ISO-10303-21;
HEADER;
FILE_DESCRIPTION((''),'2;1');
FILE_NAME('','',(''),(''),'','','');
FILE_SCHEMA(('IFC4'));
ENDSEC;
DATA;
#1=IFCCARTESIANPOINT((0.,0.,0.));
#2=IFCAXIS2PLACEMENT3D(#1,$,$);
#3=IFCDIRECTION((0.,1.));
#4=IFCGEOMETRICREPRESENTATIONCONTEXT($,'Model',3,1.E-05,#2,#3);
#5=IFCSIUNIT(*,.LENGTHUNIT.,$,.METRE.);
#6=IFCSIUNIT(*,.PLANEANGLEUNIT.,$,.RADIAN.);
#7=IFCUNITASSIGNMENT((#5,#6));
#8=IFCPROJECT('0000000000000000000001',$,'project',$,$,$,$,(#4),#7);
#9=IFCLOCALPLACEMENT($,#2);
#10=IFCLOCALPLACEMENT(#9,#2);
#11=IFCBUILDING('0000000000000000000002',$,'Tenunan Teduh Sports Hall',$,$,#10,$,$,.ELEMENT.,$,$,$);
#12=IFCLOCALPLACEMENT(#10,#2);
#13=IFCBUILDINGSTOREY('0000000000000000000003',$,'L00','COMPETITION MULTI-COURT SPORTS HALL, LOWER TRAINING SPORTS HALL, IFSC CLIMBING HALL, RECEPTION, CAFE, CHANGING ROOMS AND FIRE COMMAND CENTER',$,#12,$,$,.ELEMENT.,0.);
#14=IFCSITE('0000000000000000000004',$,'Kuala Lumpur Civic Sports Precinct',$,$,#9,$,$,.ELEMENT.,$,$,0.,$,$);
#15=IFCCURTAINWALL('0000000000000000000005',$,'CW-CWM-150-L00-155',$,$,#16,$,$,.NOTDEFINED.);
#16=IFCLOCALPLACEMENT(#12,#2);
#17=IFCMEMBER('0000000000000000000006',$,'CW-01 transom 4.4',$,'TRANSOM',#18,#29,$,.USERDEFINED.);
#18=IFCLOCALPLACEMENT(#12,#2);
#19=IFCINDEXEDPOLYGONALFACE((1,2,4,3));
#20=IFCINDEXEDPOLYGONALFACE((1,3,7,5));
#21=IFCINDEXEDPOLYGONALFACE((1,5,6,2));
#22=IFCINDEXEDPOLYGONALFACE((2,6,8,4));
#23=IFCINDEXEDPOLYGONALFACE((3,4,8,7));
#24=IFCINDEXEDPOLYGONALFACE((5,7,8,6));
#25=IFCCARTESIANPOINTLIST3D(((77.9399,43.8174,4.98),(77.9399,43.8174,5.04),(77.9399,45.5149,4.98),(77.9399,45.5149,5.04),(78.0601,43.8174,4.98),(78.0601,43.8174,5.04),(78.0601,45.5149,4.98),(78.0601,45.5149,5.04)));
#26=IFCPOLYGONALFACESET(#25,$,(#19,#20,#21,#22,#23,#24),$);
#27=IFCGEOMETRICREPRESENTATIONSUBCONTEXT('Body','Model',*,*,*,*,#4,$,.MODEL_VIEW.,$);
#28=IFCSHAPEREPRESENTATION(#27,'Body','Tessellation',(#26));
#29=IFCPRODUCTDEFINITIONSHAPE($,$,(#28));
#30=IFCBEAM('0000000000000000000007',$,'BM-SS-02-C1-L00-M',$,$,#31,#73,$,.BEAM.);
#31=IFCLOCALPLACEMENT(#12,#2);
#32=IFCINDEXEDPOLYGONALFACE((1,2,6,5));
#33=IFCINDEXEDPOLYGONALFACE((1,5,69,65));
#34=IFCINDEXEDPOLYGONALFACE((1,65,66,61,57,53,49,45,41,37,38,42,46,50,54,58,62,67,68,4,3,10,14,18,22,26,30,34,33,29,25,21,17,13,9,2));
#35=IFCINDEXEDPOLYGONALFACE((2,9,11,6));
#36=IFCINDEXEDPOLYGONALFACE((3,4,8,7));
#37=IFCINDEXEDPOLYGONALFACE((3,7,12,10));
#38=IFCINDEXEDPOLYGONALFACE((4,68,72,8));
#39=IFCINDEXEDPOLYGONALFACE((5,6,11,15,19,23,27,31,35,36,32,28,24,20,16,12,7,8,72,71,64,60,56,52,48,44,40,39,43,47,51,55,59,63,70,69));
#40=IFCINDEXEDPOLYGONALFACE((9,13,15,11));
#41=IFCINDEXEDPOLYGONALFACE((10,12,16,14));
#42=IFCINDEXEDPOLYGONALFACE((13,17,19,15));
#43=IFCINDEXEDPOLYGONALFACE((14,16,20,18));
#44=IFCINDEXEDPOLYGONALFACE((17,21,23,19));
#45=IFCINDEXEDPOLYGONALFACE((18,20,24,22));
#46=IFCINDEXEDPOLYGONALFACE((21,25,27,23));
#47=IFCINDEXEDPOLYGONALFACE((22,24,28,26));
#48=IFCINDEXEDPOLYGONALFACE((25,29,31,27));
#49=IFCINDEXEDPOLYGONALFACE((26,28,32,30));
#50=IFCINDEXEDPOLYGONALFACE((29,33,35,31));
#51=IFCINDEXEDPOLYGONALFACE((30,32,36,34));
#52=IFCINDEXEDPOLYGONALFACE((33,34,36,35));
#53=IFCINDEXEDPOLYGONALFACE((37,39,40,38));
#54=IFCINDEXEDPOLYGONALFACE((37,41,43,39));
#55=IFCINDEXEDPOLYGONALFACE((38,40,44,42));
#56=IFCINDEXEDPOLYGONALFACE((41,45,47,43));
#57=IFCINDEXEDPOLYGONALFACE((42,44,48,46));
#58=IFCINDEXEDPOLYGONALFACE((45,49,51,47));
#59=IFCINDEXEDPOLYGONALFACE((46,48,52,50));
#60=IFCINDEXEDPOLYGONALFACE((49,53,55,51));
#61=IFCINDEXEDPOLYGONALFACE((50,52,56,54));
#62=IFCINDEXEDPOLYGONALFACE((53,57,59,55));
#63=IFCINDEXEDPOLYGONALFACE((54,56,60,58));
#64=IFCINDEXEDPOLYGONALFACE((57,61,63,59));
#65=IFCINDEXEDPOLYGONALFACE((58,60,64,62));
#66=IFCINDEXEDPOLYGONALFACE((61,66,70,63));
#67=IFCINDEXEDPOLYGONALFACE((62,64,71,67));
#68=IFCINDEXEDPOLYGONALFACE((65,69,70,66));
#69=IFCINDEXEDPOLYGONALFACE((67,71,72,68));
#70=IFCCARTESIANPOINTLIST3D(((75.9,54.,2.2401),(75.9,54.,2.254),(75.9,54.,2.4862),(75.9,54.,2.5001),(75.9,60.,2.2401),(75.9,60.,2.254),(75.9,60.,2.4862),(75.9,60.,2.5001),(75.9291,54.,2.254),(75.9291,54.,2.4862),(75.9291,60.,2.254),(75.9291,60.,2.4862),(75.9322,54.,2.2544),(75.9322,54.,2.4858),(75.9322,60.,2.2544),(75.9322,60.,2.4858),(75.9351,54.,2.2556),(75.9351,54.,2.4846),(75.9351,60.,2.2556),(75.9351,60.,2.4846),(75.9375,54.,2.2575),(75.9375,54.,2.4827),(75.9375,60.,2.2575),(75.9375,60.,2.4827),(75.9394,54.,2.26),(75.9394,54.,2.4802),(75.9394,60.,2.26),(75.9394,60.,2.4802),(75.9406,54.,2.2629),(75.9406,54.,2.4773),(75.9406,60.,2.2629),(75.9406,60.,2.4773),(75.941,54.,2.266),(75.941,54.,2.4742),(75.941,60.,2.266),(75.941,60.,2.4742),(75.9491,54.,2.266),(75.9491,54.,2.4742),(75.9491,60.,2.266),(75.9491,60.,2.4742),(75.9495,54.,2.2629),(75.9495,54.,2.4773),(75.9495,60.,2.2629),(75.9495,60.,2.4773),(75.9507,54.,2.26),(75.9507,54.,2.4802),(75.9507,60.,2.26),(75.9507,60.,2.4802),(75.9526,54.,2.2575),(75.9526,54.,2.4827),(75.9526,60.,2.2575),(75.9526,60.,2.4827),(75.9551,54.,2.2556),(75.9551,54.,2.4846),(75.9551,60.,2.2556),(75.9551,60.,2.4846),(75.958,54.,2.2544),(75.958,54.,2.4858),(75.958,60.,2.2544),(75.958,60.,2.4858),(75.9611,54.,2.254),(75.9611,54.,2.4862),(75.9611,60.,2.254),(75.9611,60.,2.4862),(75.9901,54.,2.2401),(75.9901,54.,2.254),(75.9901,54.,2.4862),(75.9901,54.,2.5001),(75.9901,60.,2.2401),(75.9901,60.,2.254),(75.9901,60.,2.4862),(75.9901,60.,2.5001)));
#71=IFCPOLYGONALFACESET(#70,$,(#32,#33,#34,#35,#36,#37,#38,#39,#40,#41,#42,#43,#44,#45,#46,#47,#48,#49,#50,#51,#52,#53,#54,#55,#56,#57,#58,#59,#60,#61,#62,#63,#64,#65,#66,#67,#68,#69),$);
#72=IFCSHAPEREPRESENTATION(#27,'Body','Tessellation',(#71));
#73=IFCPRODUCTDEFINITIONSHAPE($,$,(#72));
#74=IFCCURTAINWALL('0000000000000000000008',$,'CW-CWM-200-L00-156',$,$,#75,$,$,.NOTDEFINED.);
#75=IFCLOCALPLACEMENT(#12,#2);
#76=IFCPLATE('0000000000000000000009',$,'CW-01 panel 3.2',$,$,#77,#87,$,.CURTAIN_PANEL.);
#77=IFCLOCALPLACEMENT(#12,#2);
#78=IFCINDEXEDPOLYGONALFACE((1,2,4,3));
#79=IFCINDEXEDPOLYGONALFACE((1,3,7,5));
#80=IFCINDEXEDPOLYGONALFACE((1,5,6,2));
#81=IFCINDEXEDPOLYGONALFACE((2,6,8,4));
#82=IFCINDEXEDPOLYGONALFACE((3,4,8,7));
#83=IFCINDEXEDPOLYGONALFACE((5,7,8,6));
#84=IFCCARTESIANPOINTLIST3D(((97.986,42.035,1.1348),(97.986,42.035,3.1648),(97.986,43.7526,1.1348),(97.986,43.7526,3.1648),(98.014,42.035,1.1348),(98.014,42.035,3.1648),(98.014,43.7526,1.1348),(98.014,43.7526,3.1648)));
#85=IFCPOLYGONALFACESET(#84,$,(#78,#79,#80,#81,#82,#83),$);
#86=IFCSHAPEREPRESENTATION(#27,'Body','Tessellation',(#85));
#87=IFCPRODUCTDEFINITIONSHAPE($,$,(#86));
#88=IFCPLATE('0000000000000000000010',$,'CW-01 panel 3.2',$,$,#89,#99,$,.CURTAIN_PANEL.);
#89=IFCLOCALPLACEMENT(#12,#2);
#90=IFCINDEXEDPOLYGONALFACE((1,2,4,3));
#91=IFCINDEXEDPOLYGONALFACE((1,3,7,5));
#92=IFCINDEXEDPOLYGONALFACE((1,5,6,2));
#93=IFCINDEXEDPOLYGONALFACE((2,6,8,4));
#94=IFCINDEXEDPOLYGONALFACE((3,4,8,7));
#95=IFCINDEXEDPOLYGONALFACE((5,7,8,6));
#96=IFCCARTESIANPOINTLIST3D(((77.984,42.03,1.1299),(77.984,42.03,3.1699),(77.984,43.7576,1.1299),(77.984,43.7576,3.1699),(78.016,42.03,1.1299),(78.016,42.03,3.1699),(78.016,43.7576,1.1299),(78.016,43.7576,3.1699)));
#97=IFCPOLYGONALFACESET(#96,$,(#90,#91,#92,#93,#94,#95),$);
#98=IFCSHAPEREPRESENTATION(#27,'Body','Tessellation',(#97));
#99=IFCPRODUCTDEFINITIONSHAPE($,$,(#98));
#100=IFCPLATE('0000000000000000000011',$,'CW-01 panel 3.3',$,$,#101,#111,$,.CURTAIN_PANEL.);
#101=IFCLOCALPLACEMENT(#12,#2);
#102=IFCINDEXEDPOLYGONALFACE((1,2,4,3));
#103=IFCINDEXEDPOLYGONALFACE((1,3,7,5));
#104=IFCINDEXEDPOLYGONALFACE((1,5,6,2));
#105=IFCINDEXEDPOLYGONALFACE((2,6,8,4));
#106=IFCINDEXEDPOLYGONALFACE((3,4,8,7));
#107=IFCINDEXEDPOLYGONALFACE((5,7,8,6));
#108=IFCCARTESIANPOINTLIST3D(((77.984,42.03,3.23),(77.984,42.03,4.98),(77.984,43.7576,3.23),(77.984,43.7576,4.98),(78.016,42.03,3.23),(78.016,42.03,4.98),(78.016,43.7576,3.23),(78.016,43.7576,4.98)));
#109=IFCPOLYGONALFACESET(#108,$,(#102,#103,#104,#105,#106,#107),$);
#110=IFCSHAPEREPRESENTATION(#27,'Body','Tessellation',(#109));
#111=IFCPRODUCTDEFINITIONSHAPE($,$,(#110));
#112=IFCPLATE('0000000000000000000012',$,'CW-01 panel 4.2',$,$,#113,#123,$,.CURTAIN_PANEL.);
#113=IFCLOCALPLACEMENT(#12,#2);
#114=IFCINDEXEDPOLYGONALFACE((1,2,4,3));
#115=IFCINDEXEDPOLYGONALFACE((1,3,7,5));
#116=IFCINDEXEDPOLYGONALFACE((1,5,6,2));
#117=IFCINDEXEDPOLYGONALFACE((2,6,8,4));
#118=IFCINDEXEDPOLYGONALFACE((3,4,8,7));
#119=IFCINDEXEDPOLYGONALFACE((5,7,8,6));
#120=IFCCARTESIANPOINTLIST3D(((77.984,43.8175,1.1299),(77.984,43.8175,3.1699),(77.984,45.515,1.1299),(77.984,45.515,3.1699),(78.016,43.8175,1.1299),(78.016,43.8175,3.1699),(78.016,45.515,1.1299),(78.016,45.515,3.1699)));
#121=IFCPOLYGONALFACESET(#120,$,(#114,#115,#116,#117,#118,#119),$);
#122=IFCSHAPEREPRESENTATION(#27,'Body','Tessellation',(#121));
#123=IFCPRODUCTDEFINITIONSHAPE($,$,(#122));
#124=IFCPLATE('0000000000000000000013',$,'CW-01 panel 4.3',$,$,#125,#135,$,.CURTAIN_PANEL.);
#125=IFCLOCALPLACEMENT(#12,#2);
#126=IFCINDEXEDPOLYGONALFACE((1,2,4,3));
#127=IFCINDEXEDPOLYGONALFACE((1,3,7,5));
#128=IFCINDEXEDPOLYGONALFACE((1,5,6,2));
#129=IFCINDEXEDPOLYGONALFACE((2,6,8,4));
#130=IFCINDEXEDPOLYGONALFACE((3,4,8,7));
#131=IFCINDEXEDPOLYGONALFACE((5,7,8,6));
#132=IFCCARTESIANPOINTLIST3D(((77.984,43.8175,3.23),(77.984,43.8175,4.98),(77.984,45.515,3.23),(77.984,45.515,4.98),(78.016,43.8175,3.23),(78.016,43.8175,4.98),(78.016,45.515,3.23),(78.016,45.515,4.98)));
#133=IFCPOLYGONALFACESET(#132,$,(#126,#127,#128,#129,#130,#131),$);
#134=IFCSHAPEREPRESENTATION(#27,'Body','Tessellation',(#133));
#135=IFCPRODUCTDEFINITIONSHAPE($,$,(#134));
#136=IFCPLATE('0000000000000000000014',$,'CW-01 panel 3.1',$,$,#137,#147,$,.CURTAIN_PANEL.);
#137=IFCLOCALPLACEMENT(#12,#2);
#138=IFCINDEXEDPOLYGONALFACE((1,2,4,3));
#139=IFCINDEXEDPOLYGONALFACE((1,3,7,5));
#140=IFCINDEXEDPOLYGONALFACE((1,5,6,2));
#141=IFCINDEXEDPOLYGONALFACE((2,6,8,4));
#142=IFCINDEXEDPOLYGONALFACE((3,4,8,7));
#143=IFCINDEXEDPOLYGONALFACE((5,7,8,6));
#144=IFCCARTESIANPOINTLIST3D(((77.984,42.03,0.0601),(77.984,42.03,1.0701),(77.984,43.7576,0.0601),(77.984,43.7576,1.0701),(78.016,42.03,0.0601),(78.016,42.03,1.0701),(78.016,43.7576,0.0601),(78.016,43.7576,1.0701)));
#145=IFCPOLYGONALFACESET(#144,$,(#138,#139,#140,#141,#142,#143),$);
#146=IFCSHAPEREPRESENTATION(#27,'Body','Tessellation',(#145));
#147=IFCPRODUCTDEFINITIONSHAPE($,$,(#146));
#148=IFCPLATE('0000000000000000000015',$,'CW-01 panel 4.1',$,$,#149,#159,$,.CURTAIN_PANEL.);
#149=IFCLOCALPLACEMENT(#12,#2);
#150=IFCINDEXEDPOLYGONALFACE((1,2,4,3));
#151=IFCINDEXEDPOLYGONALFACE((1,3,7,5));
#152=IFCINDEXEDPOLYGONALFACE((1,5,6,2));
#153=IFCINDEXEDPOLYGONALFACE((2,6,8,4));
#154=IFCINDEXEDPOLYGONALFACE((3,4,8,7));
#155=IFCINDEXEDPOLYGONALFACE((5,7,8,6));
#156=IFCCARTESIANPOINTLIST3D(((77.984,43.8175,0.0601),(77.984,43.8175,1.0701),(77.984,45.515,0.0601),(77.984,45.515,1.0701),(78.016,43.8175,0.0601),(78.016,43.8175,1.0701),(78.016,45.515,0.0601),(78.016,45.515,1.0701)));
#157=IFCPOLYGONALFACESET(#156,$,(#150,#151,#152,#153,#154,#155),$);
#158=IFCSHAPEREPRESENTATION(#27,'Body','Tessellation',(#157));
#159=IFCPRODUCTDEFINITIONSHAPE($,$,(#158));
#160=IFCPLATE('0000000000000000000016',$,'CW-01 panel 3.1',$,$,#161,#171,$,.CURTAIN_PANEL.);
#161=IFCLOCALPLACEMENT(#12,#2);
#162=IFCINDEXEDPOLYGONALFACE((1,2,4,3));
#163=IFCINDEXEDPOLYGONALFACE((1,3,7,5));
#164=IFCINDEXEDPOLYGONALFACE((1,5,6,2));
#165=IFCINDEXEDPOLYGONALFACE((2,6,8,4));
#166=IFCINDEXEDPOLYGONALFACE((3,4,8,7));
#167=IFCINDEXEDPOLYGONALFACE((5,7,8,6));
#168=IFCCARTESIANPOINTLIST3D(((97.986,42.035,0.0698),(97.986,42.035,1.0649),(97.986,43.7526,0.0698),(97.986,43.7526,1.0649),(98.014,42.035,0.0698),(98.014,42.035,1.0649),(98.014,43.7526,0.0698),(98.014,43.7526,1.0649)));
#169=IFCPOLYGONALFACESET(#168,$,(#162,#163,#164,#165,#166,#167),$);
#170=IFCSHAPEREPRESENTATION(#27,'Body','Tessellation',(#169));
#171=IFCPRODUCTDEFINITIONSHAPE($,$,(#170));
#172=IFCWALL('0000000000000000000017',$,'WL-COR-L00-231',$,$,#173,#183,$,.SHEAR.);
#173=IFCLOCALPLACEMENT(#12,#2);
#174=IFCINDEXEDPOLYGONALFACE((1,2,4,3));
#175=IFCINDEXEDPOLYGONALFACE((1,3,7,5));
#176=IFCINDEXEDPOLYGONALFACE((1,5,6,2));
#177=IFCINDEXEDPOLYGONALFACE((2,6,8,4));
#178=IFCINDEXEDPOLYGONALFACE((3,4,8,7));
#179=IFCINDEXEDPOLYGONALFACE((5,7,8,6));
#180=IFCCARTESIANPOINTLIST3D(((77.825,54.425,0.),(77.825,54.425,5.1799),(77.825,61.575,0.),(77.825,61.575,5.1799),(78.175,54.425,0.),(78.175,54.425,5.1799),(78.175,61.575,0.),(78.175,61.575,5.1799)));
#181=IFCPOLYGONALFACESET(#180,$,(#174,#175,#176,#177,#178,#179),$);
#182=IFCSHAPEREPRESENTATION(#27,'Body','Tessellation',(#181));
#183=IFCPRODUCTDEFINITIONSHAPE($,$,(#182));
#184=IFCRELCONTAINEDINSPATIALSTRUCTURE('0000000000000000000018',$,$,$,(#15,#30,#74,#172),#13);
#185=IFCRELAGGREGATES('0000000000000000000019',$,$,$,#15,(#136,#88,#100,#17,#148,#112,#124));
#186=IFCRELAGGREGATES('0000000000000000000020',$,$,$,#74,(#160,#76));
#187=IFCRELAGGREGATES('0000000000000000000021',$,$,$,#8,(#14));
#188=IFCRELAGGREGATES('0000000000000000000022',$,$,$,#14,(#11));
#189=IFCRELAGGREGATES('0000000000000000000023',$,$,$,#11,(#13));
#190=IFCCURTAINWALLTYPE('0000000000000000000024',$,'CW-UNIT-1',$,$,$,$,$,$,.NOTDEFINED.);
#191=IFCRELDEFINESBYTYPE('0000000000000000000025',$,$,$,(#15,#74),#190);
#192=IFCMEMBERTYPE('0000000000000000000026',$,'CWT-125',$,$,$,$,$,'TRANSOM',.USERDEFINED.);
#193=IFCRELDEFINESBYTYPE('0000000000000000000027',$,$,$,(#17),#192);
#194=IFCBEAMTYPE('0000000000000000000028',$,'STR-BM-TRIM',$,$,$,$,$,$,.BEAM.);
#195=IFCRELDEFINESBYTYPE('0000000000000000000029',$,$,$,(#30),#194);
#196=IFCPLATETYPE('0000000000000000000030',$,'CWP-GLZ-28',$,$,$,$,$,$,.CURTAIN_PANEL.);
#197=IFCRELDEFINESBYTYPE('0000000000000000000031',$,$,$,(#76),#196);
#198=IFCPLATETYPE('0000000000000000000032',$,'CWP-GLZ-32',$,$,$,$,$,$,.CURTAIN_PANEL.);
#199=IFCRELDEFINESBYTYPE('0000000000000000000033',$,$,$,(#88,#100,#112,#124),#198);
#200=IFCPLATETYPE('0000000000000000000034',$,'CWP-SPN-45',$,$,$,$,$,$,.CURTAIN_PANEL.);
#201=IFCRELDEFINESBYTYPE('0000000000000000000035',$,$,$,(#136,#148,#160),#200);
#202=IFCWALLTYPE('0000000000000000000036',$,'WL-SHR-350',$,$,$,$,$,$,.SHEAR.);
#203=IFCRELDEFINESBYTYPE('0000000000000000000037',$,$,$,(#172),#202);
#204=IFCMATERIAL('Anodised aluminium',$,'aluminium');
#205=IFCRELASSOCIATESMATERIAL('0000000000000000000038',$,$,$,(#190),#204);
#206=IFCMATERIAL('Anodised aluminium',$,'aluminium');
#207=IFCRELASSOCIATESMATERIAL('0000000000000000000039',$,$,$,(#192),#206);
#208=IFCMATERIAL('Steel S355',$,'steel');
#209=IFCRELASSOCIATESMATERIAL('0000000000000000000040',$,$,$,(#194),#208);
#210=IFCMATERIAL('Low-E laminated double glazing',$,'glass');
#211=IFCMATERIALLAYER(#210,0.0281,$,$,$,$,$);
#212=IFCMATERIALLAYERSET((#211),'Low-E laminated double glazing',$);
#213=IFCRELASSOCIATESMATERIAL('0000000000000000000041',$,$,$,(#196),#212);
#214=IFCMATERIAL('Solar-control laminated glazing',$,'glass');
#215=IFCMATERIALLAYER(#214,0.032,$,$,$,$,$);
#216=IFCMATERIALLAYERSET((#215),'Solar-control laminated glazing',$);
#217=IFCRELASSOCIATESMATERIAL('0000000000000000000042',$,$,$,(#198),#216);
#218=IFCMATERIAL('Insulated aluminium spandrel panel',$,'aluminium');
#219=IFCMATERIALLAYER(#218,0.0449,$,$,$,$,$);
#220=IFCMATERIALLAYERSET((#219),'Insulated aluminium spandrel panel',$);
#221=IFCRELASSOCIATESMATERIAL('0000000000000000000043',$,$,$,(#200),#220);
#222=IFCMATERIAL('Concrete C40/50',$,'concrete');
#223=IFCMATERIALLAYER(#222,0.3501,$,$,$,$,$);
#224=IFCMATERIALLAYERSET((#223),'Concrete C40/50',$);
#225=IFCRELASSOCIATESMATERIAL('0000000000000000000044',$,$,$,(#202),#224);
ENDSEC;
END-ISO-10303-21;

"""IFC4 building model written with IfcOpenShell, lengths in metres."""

from ifc_helpers import new_model, si_unit, direction, frame, frame_2d, origin, origin_2d, place, context, subcontext, project, spatial, rectangle, i_section, extrude, material, layer, layer_set, material_profile, profile_set, type_object, element, aggregate, save


model = new_model("IFC4")

# Units and contexts
model_context = context("Model", 3, precision=1e-05, world=origin(), true_north=direction((0.0, 1.0)))
body_context = subcontext(model_context, "Body", "Model", "MODEL_VIEW")
ifc_project = project(units=[si_unit("LENGTHUNIT", "METRE"), si_unit("PLANEANGLEUNIT", "RADIAN")], contexts=[model_context])

# Site, building, storey
site_placement = place(None, origin())
site = spatial("IfcSite", under=ifc_project, at=site_placement, Name="Kuala Lumpur Civic Sports Precinct", CompositionType="ELEMENT", RefElevation=0.0)
building_placement = place(site_placement, origin())
building = spatial("IfcBuilding", under=site, at=building_placement, Name="Tenunan Teduh Sports Hall", CompositionType="ELEMENT")
storey_placement = place(building_placement, origin())
storey = spatial("IfcBuildingStorey", under=building, at=storey_placement, Name="L00", Description="COMPETITION MULTI-COURT SPORTS HALL, LOWER TRAINING SPORTS HALL, IFSC CLIMBING HALL, RECEPTION, CAFE, CHANGING ROOMS AND FIRE COMMAND CENTER", CompositionType="ELEMENT", Elevation=0.0)

# Curtain wall, member
ifc_material_1 = material(Name="Anodised aluminium", Category="aluminium")
curtain_wall_type = type_object("IfcCurtainWallType", Name="CW-UNIT-1", PredefinedType="NOTDEFINED", material=ifc_material_1)
curtain_wall_1_placement = place(storey_placement, origin())
curtain_wall_1 = element("IfcCurtainWall", 1, at=curtain_wall_1_placement, inside=storey, type_object=curtain_wall_type, Name="CW-CWM-150-L00-155", PredefinedType="NOTDEFINED")
ifc_material_2 = material(Name="Anodised aluminium", Category="aluminium")
ifc_material_profile_1 = material_profile(ifc_material_2, rectangle(XDim=0.0601, YDim=0.1201, at=origin_2d()), Name="CWT 60x120")
ifc_profile_set_1 = profile_set([ifc_material_profile_1], Name="Anodised aluminium")
member_type_1 = type_object("IfcMemberType", Name="CWT-125", ElementType="TRANSOM", PredefinedType="USERDEFINED", material=ifc_profile_set_1)
member_1_placement = place(storey_placement, frame((78.0, 43.8174, 5.01), z_axis=(0.0, 1.0, 0.0), x_axis=(0.0, 0.0, 1.0)))
member_1 = element("IfcMember", 2, at=member_1_placement, type_object=member_type_1, Name="CW-01 transom 4.4", ObjectType="TRANSOM", PredefinedType="USERDEFINED", context=body_context, shape_type="SweptSolid", body=[
    extrude(rectangle(XDim=0.0601, YDim=0.1201, at=origin_2d()), origin(), (0.0, 0.0, 1.0), 1.6975),
])

# Beam
ifc_material_3 = material(Name="Steel S355", Category="steel")
ifc_material_profile_2 = material_profile(ifc_material_3, i_section(OverallWidth=0.0901, OverallDepth=0.26, WebThickness=0.0081, FlangeThickness=0.0139, FilletRadius=0.012, at=origin_2d()), Name="PFC 260x90")
ifc_profile_set_2 = profile_set([ifc_material_profile_2], Name="Steel S355")
beam_type_1 = type_object("IfcBeamType", Name="STR-BM-TRIM", PredefinedType="BEAM", material=ifc_profile_set_2)
beam_1_placement = place(storey_placement, frame((75.9451, 54.0, 2.3701), z_axis=(0.0, 1.0, 0.0), x_axis=(-1.0, 0.0, 0.0)))
element("IfcBeam", 3, at=beam_1_placement, inside=storey, type_object=beam_type_1, Name="BM-SS-02-C1-L00-M", PredefinedType="BEAM", context=body_context, shape_type="SweptSolid", body=[
    extrude(i_section(OverallWidth=0.0901, OverallDepth=0.26, WebThickness=0.0081, FlangeThickness=0.0139, FilletRadius=0.012, at=origin_2d()), origin(), (0.0, 0.0, 1.0), 6.0),
])

# Curtain wall, plate
curtain_wall_2_placement = place(storey_placement, origin())
curtain_wall_2 = element("IfcCurtainWall", 4, at=curtain_wall_2_placement, inside=storey, type_object=curtain_wall_type, Name="CW-CWM-200-L00-156", PredefinedType="NOTDEFINED")
ifc_material_4 = material(Name="Low-E laminated double glazing", Category="glass")
ifc_layer_1 = layer(ifc_material_4, 0.0281)
ifc_layer_set_1 = layer_set([ifc_layer_1], Name="Low-E laminated double glazing")
plate_type_1 = type_object("IfcPlateType", Name="CWP-GLZ-28", PredefinedType="CURTAIN_PANEL", material=ifc_layer_set_1)
plate_1_placement = place(storey_placement, frame((98.0, 42.8938, 1.1348), z_axis=(0.0, 0.0, 1.0), x_axis=(0.0, 1.0, 0.0)))
plate_1 = element("IfcPlate", 5, at=plate_1_placement, type_object=plate_type_1, Name="CW-01 panel 3.2", PredefinedType="CURTAIN_PANEL", context=body_context, shape_type="SweptSolid", body=[
    extrude(rectangle(XDim=1.7175, YDim=0.0281, at=origin_2d()), origin(), (0.0, 0.0, 1.0), 2.03),
])

# Plates
ifc_material_5 = material(Name="Solar-control laminated glazing", Category="glass")
ifc_layer_2 = layer(ifc_material_5, 0.032)
ifc_layer_set_2 = layer_set([ifc_layer_2], Name="Solar-control laminated glazing")
plate_type_2 = type_object("IfcPlateType", Name="CWP-GLZ-32", PredefinedType="CURTAIN_PANEL", material=ifc_layer_set_2)
plate_2_placement = place(storey_placement, frame((78.0, 42.8938, 1.1299), z_axis=(0.0, 0.0, 1.0), x_axis=(0.0, 1.0, 0.0)))
plate_2 = element("IfcPlate", 6, at=plate_2_placement, type_object=plate_type_2, Name="CW-01 panel 3.2", PredefinedType="CURTAIN_PANEL", context=body_context, shape_type="SweptSolid", body=[
    extrude(rectangle(XDim=1.7275, YDim=0.032, at=origin_2d()), origin(), (0.0, 0.0, 1.0), 2.04),
])
plate_3_placement = place(storey_placement, frame((78.0, 42.8938, 3.23), z_axis=(0.0, 0.0, 1.0), x_axis=(0.0, 1.0, 0.0)))
plate_3 = element("IfcPlate", 7, at=plate_3_placement, type_object=plate_type_2, Name="CW-01 panel 3.3", PredefinedType="CURTAIN_PANEL", context=body_context, shape_type="SweptSolid", body=[
    extrude(rectangle(XDim=1.7275, YDim=0.032, at=origin_2d()), origin(), (0.0, 0.0, 1.0), 1.75),
])
plate_4_placement = place(storey_placement, frame((78.0, 44.6663, 1.1299), z_axis=(0.0, 0.0, 1.0), x_axis=(0.0, 1.0, 0.0)))
plate_4 = element("IfcPlate", 8, at=plate_4_placement, type_object=plate_type_2, Name="CW-01 panel 4.2", PredefinedType="CURTAIN_PANEL", context=body_context, shape_type="SweptSolid", body=[
    extrude(rectangle(XDim=1.6975, YDim=0.032, at=origin_2d()), origin(), (0.0, 0.0, 1.0), 2.04),
])
plate_5_placement = place(storey_placement, frame((78.0, 44.6663, 3.23), z_axis=(0.0, 0.0, 1.0), x_axis=(0.0, 1.0, 0.0)))
plate_5 = element("IfcPlate", 9, at=plate_5_placement, type_object=plate_type_2, Name="CW-01 panel 4.3", PredefinedType="CURTAIN_PANEL", context=body_context, shape_type="SweptSolid", body=[
    extrude(rectangle(XDim=1.6975, YDim=0.032, at=origin_2d()), origin(), (0.0, 0.0, 1.0), 1.75),
])
ifc_material_6 = material(Name="Insulated aluminium spandrel panel", Category="aluminium")
ifc_layer_3 = layer(ifc_material_6, 0.0449)
ifc_layer_set_3 = layer_set([ifc_layer_3], Name="Insulated aluminium spandrel panel")
plate_type_3 = type_object("IfcPlateType", Name="CWP-SPN-45", PredefinedType="CURTAIN_PANEL", material=ifc_layer_set_3)
plate_6_placement = place(storey_placement, frame((78.0, 42.8938, 0.0601), z_axis=(0.0, 0.0, 1.0), x_axis=(0.0, 1.0, 0.0)))
plate_6 = element("IfcPlate", 10, at=plate_6_placement, type_object=plate_type_3, Name="CW-01 panel 3.1", PredefinedType="CURTAIN_PANEL", context=body_context, shape_type="SweptSolid", body=[
    extrude(rectangle(XDim=1.7275, YDim=0.032, at=origin_2d()), origin(), (0.0, 0.0, 1.0), 1.01),
])
plate_7_placement = place(storey_placement, frame((78.0, 44.6663, 0.0601), z_axis=(0.0, 0.0, 1.0), x_axis=(0.0, 1.0, 0.0)))
plate_7 = element("IfcPlate", 11, at=plate_7_placement, type_object=plate_type_3, Name="CW-01 panel 4.1", PredefinedType="CURTAIN_PANEL", context=body_context, shape_type="SweptSolid", body=[
    extrude(rectangle(XDim=1.6975, YDim=0.032, at=origin_2d()), origin(), (0.0, 0.0, 1.0), 1.01),
])
aggregate(curtain_wall_1, [plate_6, plate_2, plate_3, member_1, plate_7, plate_4, plate_5])
plate_8_placement = place(storey_placement, frame((98.0, 42.8938, 0.0698), z_axis=(0.0, 0.0, 1.0), x_axis=(0.0, 1.0, 0.0)))
plate_8 = element("IfcPlate", 12, at=plate_8_placement, type_object=plate_type_3, Name="CW-01 panel 3.1", PredefinedType="CURTAIN_PANEL", context=body_context, shape_type="SweptSolid", body=[
    extrude(rectangle(XDim=1.7175, YDim=0.0281, at=origin_2d()), origin(), (0.0, 0.0, 1.0), 0.9951),
])
aggregate(curtain_wall_2, [plate_8, plate_1])

# Wall
ifc_material_7 = material(Name="Concrete C40/50", Category="concrete")
ifc_layer_4 = layer(ifc_material_7, 0.3501)
ifc_layer_set_4 = layer_set([ifc_layer_4], Name="Concrete C40/50")
wall_type_1 = type_object("IfcWallType", Name="WL-SHR-350", PredefinedType="SHEAR", material=ifc_layer_set_4)
wall_1_placement = place(storey_placement, frame((78.0, 54.425, 0.0), z_axis=(0.0, 0.0, 1.0), x_axis=(0.0, 1.0, 0.0)))
element("IfcWall", 13, at=wall_1_placement, inside=storey, type_object=wall_type_1, Name="WL-COR-L00-231", PredefinedType="SHEAR", context=body_context, shape_type="SweptSolid", body=[
    extrude(rectangle(XDim=7.1499, YDim=0.3501, at=frame_2d((3.575, 0.0))), origin(), (0.0, 0.0, 1.0), 5.1799),
])

save(model, "model.ifc")
